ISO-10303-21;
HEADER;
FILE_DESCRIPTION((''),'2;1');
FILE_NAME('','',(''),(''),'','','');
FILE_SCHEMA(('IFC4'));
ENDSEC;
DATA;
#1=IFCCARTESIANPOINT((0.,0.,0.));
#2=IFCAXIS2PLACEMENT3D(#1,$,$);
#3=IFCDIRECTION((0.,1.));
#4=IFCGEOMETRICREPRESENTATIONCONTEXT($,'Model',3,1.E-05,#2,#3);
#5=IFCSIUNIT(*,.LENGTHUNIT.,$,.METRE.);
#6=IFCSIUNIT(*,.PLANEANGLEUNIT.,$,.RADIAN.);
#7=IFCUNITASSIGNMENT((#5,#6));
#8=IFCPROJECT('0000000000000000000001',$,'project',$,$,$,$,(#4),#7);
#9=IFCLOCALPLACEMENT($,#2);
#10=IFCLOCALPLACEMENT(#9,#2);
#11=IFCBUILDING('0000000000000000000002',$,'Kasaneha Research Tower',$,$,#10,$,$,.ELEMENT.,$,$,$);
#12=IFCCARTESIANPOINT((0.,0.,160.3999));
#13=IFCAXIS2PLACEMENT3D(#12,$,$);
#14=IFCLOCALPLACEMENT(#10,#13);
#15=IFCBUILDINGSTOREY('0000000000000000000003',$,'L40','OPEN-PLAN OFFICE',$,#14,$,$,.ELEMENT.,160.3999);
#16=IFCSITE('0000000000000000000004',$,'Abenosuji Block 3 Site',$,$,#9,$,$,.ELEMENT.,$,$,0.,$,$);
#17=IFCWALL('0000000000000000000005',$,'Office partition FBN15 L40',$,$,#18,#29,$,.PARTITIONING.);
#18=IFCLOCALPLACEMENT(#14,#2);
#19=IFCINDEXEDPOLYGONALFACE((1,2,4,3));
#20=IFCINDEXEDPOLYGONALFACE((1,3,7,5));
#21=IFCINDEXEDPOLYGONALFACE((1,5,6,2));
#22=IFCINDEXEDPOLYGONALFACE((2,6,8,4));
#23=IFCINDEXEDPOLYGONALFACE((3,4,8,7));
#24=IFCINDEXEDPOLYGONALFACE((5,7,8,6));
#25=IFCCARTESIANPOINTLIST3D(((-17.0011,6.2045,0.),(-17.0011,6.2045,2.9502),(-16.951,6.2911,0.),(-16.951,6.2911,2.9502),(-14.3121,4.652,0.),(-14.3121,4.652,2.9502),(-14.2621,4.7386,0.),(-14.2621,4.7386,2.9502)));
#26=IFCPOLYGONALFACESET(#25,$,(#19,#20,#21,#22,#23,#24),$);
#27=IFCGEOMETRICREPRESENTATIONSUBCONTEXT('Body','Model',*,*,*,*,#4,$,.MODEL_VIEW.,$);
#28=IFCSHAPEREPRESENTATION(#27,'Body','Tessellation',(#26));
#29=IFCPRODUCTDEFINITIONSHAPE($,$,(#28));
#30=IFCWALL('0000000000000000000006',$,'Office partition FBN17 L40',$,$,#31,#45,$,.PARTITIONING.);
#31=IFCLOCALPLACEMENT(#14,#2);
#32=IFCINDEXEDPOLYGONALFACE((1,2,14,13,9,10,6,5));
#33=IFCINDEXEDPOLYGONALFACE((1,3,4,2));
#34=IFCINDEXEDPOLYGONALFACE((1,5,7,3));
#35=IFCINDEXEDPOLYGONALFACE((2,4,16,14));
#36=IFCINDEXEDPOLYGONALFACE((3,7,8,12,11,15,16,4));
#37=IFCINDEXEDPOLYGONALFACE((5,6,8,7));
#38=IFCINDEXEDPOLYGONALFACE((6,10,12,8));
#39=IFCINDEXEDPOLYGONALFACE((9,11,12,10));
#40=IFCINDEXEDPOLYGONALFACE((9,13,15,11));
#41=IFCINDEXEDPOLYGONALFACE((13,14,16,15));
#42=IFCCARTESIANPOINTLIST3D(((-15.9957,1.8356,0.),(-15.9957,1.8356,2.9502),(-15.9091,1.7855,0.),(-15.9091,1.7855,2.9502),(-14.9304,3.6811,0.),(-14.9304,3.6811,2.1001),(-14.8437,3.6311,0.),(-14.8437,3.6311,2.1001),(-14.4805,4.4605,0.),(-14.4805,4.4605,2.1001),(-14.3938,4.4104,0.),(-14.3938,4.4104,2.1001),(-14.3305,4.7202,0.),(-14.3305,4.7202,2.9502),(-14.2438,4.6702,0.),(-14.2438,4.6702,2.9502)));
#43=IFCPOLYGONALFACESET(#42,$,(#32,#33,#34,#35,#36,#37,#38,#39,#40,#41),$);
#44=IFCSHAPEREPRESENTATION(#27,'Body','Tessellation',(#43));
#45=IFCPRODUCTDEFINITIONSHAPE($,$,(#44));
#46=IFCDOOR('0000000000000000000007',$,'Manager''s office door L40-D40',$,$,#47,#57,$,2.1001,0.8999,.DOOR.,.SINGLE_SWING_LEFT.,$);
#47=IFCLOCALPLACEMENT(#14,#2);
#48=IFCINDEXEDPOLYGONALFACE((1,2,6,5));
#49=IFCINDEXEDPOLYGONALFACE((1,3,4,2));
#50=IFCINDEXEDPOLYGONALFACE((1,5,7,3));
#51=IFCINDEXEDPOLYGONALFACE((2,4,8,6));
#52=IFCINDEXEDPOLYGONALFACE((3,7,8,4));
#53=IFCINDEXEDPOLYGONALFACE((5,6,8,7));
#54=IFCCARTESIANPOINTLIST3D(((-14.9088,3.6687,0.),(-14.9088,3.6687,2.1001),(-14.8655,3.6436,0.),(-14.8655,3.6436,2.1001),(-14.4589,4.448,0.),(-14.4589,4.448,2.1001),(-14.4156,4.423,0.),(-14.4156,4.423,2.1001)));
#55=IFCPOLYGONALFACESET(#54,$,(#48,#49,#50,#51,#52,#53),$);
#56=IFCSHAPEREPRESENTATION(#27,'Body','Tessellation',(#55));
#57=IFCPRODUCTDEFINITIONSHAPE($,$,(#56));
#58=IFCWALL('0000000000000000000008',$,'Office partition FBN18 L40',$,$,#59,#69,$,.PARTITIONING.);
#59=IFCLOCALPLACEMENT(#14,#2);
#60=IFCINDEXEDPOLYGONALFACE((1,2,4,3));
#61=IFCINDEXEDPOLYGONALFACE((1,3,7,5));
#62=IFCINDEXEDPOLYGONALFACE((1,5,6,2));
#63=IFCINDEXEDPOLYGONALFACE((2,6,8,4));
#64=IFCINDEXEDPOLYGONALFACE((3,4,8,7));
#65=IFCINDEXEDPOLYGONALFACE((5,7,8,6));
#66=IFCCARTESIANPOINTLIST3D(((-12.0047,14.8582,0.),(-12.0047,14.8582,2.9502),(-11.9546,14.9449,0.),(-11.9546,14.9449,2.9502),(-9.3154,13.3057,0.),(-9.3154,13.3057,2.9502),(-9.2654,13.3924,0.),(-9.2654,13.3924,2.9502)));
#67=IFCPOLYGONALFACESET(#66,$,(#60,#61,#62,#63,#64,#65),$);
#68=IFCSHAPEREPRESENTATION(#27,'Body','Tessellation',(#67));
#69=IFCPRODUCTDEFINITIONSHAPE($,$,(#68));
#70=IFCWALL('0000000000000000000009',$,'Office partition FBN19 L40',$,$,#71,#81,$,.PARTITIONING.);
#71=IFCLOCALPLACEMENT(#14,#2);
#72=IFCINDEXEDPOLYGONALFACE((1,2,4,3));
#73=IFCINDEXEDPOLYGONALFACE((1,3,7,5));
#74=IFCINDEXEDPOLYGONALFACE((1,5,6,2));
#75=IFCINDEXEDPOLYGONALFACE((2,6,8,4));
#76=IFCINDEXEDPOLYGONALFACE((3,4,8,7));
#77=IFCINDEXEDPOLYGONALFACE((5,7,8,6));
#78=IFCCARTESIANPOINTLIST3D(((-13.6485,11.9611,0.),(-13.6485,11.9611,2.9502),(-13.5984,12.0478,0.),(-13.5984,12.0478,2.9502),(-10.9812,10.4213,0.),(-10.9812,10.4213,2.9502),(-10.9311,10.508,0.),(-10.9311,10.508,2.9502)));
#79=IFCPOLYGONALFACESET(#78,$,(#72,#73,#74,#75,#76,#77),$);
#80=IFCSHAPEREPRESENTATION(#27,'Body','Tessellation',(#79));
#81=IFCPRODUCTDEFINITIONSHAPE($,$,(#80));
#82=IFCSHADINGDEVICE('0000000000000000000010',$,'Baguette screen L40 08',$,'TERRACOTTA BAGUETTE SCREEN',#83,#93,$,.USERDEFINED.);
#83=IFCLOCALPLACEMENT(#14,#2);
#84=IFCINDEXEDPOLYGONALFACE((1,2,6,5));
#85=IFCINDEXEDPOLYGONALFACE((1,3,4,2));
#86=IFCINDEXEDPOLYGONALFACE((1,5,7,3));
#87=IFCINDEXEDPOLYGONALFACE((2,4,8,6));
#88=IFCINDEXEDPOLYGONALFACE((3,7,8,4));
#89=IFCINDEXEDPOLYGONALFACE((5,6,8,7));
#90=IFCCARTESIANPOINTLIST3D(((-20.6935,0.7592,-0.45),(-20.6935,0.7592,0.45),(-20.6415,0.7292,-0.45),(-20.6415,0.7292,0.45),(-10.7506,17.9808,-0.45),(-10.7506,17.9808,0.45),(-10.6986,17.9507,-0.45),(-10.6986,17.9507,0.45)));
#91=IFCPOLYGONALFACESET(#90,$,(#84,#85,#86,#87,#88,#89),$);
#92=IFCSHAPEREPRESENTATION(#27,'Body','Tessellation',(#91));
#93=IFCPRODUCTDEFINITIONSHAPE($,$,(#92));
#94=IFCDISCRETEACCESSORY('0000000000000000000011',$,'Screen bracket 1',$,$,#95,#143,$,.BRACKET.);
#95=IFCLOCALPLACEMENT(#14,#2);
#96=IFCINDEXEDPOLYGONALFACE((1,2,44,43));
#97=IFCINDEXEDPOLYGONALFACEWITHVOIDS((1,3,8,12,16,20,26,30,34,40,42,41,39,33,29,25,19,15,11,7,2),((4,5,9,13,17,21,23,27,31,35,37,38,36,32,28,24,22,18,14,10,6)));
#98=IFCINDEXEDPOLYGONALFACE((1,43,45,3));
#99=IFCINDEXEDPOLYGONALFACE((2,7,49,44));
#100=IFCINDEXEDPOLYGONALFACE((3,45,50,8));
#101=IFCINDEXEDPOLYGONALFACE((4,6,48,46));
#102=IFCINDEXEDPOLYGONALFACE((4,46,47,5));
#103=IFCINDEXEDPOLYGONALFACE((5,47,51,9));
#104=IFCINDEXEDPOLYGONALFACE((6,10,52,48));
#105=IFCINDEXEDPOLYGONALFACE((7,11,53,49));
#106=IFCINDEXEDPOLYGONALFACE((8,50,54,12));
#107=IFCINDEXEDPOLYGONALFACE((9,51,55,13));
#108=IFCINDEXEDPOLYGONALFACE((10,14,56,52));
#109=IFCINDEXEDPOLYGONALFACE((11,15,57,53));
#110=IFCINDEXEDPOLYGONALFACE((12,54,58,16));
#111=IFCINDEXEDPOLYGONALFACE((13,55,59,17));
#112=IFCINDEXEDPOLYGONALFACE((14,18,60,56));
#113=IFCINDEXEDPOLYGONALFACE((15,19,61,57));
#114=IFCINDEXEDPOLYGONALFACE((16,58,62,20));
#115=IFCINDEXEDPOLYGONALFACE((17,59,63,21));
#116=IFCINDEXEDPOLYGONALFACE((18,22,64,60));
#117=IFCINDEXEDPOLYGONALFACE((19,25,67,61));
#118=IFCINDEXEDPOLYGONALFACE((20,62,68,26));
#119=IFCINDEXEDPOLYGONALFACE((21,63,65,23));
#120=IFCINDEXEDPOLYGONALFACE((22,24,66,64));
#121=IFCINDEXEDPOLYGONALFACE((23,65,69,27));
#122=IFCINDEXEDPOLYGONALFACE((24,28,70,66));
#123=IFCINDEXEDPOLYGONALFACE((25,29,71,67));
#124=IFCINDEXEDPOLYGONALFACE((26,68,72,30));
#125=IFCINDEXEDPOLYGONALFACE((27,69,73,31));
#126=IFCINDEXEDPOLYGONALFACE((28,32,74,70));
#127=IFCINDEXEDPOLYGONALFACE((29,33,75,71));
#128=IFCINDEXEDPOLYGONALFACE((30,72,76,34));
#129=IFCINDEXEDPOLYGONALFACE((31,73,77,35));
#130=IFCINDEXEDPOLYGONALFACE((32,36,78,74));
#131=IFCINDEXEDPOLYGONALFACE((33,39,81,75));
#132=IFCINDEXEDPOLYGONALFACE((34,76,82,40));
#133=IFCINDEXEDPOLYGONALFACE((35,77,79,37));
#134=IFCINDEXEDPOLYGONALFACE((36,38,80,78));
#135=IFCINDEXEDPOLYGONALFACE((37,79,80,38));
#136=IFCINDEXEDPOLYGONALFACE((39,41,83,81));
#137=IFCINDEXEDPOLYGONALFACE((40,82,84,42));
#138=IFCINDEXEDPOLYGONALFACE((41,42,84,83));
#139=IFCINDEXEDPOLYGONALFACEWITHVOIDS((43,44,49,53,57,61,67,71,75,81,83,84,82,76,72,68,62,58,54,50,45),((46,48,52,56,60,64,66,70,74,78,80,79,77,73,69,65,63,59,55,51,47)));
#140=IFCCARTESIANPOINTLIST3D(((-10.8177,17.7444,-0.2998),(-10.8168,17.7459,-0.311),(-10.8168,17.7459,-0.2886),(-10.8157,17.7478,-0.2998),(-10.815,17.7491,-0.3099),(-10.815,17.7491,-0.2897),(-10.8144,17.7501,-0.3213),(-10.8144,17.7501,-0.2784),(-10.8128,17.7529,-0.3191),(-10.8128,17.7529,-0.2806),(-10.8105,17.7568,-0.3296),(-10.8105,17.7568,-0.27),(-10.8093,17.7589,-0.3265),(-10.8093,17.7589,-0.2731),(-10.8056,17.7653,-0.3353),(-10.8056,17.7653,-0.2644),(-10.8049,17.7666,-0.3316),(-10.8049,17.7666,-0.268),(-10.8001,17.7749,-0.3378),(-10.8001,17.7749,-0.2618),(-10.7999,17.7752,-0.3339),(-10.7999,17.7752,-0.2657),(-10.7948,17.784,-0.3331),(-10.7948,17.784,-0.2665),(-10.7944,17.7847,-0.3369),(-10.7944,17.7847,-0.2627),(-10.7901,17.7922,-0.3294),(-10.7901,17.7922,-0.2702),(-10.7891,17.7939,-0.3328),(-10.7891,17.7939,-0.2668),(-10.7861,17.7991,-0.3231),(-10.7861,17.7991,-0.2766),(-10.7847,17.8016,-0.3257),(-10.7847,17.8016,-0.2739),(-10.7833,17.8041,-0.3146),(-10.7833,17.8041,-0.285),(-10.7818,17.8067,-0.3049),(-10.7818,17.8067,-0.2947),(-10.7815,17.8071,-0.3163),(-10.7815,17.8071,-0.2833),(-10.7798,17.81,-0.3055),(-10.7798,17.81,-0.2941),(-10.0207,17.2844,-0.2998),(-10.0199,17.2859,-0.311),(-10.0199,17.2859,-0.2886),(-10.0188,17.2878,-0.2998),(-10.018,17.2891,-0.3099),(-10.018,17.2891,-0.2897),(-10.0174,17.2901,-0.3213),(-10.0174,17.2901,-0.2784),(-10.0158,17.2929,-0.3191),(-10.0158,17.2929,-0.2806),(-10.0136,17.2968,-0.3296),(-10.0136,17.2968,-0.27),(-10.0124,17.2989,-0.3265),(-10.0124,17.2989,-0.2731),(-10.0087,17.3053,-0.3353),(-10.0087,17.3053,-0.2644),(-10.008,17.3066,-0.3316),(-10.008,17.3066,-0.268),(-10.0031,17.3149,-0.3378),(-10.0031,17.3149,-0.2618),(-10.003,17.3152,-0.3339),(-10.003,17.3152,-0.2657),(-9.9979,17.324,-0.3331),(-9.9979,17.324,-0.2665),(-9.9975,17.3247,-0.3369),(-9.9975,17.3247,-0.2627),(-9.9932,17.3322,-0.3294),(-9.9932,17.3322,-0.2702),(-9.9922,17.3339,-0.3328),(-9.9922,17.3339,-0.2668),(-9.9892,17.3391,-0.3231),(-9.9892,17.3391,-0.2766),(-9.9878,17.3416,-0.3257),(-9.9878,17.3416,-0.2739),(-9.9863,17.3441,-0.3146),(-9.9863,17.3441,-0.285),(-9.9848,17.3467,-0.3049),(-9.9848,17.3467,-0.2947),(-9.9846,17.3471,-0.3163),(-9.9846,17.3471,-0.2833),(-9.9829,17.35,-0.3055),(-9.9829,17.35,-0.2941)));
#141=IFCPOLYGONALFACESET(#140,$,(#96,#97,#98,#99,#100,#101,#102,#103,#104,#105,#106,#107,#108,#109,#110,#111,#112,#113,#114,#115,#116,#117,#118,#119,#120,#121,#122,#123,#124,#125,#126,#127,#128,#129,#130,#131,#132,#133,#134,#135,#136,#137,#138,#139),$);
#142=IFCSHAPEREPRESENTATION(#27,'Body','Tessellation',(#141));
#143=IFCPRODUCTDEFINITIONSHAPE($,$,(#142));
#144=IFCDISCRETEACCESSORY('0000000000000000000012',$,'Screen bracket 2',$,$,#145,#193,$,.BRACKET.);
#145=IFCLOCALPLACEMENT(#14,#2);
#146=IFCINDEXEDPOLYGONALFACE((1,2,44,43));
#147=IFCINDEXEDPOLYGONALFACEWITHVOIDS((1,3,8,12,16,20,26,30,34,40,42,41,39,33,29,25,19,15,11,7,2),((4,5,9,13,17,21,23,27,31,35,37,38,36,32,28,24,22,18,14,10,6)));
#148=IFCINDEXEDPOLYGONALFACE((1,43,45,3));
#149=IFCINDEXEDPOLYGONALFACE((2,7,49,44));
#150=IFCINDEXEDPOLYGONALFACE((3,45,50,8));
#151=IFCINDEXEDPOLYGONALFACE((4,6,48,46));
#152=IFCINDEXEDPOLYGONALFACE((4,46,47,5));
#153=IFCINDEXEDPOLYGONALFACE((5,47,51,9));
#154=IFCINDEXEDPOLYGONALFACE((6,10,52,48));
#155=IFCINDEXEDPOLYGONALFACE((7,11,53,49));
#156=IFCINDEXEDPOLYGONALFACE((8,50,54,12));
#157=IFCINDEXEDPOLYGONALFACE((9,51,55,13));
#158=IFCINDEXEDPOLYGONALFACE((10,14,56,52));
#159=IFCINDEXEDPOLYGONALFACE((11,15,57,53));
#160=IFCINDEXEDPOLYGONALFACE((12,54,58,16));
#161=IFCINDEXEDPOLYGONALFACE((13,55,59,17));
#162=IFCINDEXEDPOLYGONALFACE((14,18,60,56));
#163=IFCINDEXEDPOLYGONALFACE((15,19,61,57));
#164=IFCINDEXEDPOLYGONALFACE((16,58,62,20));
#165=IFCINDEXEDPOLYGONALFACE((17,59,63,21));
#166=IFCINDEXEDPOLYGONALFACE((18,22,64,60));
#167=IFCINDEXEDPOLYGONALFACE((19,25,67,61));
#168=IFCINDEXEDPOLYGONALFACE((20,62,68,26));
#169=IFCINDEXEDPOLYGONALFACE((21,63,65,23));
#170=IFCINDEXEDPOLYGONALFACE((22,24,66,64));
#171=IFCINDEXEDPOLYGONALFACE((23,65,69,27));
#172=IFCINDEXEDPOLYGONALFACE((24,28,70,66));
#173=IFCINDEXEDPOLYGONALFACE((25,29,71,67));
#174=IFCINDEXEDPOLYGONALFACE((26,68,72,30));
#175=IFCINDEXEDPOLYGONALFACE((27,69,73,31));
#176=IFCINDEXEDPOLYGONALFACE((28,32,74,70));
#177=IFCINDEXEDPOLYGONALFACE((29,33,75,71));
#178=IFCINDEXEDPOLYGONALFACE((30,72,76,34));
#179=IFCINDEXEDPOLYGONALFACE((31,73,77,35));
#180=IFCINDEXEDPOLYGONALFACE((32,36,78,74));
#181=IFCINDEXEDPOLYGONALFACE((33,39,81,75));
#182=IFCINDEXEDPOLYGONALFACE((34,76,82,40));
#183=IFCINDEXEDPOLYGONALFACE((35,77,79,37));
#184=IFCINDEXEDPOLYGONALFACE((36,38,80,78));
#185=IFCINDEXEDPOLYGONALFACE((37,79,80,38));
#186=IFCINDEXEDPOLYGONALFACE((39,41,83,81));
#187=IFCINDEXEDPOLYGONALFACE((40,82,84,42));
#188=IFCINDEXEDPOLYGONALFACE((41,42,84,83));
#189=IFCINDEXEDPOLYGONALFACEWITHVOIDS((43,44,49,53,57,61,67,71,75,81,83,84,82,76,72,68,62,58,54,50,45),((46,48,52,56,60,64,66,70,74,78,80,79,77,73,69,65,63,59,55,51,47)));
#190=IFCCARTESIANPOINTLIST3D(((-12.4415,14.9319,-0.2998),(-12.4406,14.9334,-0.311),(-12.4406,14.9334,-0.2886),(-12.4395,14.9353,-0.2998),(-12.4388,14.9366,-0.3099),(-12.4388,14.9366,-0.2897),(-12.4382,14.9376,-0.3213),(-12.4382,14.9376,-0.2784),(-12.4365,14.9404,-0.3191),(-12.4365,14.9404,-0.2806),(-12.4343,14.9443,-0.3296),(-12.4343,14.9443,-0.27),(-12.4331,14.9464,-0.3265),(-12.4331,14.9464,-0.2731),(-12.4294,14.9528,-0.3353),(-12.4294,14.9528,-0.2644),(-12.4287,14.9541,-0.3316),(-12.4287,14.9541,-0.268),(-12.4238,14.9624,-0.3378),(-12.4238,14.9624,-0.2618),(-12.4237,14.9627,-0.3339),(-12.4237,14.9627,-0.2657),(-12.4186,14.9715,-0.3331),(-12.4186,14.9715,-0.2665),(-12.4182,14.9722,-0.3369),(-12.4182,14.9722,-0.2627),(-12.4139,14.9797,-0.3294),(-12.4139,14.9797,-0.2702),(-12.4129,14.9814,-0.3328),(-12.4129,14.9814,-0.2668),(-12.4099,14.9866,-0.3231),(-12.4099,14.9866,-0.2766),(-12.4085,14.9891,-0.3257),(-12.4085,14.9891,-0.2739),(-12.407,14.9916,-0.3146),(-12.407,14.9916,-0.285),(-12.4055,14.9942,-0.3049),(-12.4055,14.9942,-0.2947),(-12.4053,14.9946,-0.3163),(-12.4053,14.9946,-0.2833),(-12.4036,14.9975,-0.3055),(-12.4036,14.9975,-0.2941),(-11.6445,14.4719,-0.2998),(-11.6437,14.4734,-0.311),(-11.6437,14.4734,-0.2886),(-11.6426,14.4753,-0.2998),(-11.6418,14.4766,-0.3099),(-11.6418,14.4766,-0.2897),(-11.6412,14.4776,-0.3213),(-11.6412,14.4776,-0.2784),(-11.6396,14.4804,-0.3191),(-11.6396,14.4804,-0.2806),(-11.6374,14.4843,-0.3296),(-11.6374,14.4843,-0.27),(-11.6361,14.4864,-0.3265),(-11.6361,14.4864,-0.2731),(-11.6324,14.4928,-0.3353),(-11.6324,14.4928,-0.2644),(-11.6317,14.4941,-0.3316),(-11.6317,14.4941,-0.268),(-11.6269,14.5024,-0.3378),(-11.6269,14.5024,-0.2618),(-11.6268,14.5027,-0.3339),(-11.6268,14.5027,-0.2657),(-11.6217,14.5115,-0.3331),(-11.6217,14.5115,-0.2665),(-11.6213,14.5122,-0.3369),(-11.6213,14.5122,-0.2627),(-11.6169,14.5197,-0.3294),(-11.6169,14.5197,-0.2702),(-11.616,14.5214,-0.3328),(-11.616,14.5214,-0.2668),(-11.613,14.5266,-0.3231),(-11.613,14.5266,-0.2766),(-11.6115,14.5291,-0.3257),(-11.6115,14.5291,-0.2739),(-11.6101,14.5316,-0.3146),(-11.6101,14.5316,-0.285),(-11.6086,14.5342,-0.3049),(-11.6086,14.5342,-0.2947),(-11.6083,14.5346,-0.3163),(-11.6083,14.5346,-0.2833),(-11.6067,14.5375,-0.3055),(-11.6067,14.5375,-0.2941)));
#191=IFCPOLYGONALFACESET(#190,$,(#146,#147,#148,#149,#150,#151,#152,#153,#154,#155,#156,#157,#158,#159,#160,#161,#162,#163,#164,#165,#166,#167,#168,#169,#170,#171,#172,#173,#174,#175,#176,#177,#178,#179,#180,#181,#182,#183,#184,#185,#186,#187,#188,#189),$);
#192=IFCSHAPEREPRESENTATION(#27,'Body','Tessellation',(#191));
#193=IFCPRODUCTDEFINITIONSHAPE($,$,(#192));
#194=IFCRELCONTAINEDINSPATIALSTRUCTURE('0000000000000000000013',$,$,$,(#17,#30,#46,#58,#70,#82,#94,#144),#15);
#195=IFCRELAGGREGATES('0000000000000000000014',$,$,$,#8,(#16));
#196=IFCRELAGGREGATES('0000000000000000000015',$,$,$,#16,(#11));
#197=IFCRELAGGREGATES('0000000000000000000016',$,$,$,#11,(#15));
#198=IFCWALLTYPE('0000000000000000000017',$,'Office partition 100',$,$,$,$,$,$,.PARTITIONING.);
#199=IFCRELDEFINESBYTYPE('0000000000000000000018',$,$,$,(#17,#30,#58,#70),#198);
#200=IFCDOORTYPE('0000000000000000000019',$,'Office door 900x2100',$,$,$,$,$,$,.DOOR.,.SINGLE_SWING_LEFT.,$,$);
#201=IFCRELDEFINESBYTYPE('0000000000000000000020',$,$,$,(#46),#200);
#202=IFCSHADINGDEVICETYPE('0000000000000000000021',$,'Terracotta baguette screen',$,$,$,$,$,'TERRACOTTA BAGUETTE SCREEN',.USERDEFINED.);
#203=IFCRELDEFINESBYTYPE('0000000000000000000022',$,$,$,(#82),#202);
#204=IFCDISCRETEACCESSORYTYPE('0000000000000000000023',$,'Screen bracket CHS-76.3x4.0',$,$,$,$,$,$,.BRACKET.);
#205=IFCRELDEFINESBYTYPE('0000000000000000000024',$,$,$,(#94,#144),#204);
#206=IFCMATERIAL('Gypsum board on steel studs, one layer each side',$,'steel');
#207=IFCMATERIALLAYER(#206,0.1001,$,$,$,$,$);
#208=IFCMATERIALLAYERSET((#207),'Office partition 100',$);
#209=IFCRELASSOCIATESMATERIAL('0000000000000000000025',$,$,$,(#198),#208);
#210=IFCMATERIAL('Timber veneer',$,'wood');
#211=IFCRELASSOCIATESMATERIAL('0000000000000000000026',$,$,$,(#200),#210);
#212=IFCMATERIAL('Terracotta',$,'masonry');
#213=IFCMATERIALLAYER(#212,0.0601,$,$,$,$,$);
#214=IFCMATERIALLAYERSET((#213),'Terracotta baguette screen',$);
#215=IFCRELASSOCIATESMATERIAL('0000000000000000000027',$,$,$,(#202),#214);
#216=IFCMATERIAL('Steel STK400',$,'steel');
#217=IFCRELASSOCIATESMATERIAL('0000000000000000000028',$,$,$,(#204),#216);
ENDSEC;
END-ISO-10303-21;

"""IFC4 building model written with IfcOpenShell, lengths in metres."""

from ifc_helpers import new_model, si_unit, direction, frame, frame_2d, origin, origin_2d, place, context, subcontext, project, spatial, rectangle, hollow_circle, extrude, material, layer, layer_set, material_profile, profile_set, type_object, element, fill, save


model = new_model("IFC4")

# Units and contexts
model_context = context("Model", 3, precision=1e-05, world=origin(), true_north=direction((0.0, 1.0)))
body_context = subcontext(model_context, "Body", "Model", "MODEL_VIEW")
ifc_project = project(units=[si_unit("LENGTHUNIT", "METRE"), si_unit("PLANEANGLEUNIT", "RADIAN")], contexts=[model_context])

# Site, building, storey
site_placement = place(None, origin())
site = spatial("IfcSite", under=ifc_project, at=site_placement, Name="Abenosuji Block 3 Site", CompositionType="ELEMENT", RefElevation=0.0)
building_placement = place(site_placement, origin())
building = spatial("IfcBuilding", under=site, at=building_placement, Name="Kasaneha Research Tower", CompositionType="ELEMENT")
storey_placement = place(building_placement, frame((0.0, 0.0, 160.3999)))
storey = spatial("IfcBuildingStorey", under=building, at=storey_placement, Name="L40", Description="OPEN-PLAN OFFICE", CompositionType="ELEMENT", Elevation=160.3999)

# Wall
ifc_material_1 = material(Name="Gypsum board on steel studs, one layer each side", Category="steel")
ifc_layer_1 = layer(ifc_material_1, 0.1001)
ifc_layer_set_1 = layer_set([ifc_layer_1], Name="Office partition 100")
wall_type = type_object("IfcWallType", Name="Office partition 100", PredefinedType="PARTITIONING", material=ifc_layer_set_1)
wall_1_placement = place(storey_placement, frame((-16.9761, 6.2478, 0.0), z_axis=(0.0, 0.0, 1.0), x_axis=(0.866023, -0.500004, 0.0)))
element("IfcWall", 1, at=wall_1_placement, inside=storey, type_object=wall_type, Name="Office partition FBN15 L40", PredefinedType="PARTITIONING", context=body_context, shape_type="SweptSolid", body=[
    extrude(rectangle(XDim=3.105, YDim=0.1001, at=frame_2d((1.5525, 0.0))), origin(), (0.0, 0.0, 1.0), 2.9502),
])

# Wall, opening, door
wall_2_placement = place(storey_placement, frame((-14.2871, 4.6953, 0.0), z_axis=(0.0, 0.0, 1.0), x_axis=(-0.499947, -0.866056, 0.0)))
wall_2 = element("IfcWall", 2, at=wall_2_placement, inside=storey, type_object=wall_type, Name="Office partition FBN17 L40", PredefinedType="PARTITIONING", context=body_context, shape_type="SweptSolid", body=[
    extrude(rectangle(XDim=3.3308, YDim=0.1001, at=frame_2d((1.6655, 0.0))), origin(), (0.0, 0.0, 1.0), 2.9502),
])
opening_placement = place(wall_2_placement, frame((0.3, 0.0, 0.0)))
opening = element("IfcOpeningElement", 3, at=opening_placement, cuts=wall_2, PredefinedType="OPENING", context=body_context, shape_type="SweptSolid", body=[
    extrude(rectangle(XDim=0.8999, YDim=2.1001, at=frame_2d((0.45, 1.05))), frame((0.0, 0.0601, 0.0), z_axis=(0.0, -1.0, 0.0), x_axis=(1.0, 0.0, 0.0)), (0.0, 0.0, 1.0), 0.1201),
])
ifc_material_2 = material(Name="Timber veneer", Category="wood")
door_type = type_object("IfcDoorType", Name="Office door 900x2100", OperationType="SINGLE_SWING_LEFT", PredefinedType="DOOR", material=ifc_material_2)
door_placement = place(opening_placement, origin())
door = element("IfcDoor", 4, at=door_placement, inside=storey, type_object=door_type, Name="Manager's office door L40-D40", OperationType="SINGLE_SWING_LEFT", OverallHeight=2.1001, OverallWidth=0.8999, PredefinedType="DOOR", context=body_context, shape_type="SweptSolid", body=[
    extrude(rectangle(XDim=0.8999, YDim=2.1001, at=frame_2d((0.45, 1.05))), frame((0.0, 0.0249, 0.0), z_axis=(0.0, -1.0, 0.0), x_axis=(1.0, 0.0, 0.0)), (0.0, 0.0, 1.0), 0.05),
])
fill(opening, door)

# Walls
wall_3_placement = place(storey_placement, frame((-11.9797, 14.9016, 0.0), z_axis=(0.0, 0.0, 1.0), x_axis=(0.866043, -0.49997, 0.0)))
element("IfcWall", 5, at=wall_3_placement, inside=storey, type_object=wall_type, Name="Office partition FBN18 L40", PredefinedType="PARTITIONING", context=body_context, shape_type="SweptSolid", body=[
    extrude(rectangle(XDim=3.1052, YDim=0.1001, at=frame_2d((1.5527, 0.0))), origin(), (0.0, 0.0, 1.0), 2.9502),
])
wall_4_placement = place(storey_placement, frame((-10.9561, 10.4646, 0.0), z_axis=(0.0, 0.0, 1.0), x_axis=(-0.866044, 0.499967, 0.0)))
element("IfcWall", 6, at=wall_4_placement, inside=storey, type_object=wall_type, Name="Office partition FBN19 L40", PredefinedType="PARTITIONING", context=body_context, shape_type="SweptSolid", body=[
    extrude(rectangle(XDim=3.0798, YDim=0.1001, at=frame_2d((1.54, 0.0))), origin(), (0.0, 0.0, 1.0), 2.9502),
])

# Shading device
ifc_material_3 = material(Name="Terracotta", Category="masonry")
ifc_layer_2 = layer(ifc_material_3, 0.0601)
ifc_layer_set_2 = layer_set([ifc_layer_2], Name="Terracotta baguette screen")
shading_device_type = type_object("IfcShadingDeviceType", Name="Terracotta baguette screen", ElementType="TERRACOTTA BAGUETTE SCREEN", PredefinedType="USERDEFINED", material=ifc_layer_set_2)
shading_device_placement = place(storey_placement, frame((-15.696, 9.355, -0.45), z_axis=(0.0, 0.0, 1.0), x_axis=(-0.5, -0.866025, 0.0)))
element("IfcShadingDevice", 7, at=shading_device_placement, inside=storey, type_object=shading_device_type, Name="Baguette screen L40 08", ObjectType="TERRACOTTA BAGUETTE SCREEN", PredefinedType="USERDEFINED", context=body_context, shape_type="SweptSolid", body=[
    extrude(rectangle(XDim=19.8857, YDim=0.0601, at=origin_2d()), origin(), (0.0, 0.0, 1.0), 0.8999),
])

# Discrete accessories
ifc_material_4 = material(Name="Steel STK400", Category="steel")
ifc_material_profile_1 = material_profile(ifc_material_4, hollow_circle(Radius=0.0381, WallThickness=0.0039, at=origin_2d()), Name="CHS-76.3x4.0")
ifc_profile_set_1 = profile_set([ifc_material_profile_1], Name="Steel STK400")
discrete_accessory_type = type_object("IfcDiscreteAccessoryType", Name="Screen bracket CHS-76.3x4.0", PredefinedType="BRACKET", material=ifc_profile_set_1)
for number, where, z_axis, x_axis, name in (
    (8, (-10.0017, 17.3174, -0.2998), (-0.86608, 0.499906, 0.0), (-0.499906, -0.86608, 0.0), "Screen bracket 1"),
    (9, (-11.6255, 14.5049, -0.2998), (-0.86608, 0.499906, 0.0), (-0.499906, -0.86608, 0.0), "Screen bracket 2"),
):
    element("IfcDiscreteAccessory", number, at=place(storey_placement, frame(where, z_axis=z_axis, x_axis=x_axis)), inside=storey, type_object=discrete_accessory_type, Name=name, PredefinedType="BRACKET", context=body_context, shape_type="SweptSolid", body=[
        extrude(hollow_circle(Radius=0.0381, WallThickness=0.0039, at=origin_2d()), origin(), (0.0, 0.0, 1.0), 0.9202),
    ])

save(model, "model.ifc")
